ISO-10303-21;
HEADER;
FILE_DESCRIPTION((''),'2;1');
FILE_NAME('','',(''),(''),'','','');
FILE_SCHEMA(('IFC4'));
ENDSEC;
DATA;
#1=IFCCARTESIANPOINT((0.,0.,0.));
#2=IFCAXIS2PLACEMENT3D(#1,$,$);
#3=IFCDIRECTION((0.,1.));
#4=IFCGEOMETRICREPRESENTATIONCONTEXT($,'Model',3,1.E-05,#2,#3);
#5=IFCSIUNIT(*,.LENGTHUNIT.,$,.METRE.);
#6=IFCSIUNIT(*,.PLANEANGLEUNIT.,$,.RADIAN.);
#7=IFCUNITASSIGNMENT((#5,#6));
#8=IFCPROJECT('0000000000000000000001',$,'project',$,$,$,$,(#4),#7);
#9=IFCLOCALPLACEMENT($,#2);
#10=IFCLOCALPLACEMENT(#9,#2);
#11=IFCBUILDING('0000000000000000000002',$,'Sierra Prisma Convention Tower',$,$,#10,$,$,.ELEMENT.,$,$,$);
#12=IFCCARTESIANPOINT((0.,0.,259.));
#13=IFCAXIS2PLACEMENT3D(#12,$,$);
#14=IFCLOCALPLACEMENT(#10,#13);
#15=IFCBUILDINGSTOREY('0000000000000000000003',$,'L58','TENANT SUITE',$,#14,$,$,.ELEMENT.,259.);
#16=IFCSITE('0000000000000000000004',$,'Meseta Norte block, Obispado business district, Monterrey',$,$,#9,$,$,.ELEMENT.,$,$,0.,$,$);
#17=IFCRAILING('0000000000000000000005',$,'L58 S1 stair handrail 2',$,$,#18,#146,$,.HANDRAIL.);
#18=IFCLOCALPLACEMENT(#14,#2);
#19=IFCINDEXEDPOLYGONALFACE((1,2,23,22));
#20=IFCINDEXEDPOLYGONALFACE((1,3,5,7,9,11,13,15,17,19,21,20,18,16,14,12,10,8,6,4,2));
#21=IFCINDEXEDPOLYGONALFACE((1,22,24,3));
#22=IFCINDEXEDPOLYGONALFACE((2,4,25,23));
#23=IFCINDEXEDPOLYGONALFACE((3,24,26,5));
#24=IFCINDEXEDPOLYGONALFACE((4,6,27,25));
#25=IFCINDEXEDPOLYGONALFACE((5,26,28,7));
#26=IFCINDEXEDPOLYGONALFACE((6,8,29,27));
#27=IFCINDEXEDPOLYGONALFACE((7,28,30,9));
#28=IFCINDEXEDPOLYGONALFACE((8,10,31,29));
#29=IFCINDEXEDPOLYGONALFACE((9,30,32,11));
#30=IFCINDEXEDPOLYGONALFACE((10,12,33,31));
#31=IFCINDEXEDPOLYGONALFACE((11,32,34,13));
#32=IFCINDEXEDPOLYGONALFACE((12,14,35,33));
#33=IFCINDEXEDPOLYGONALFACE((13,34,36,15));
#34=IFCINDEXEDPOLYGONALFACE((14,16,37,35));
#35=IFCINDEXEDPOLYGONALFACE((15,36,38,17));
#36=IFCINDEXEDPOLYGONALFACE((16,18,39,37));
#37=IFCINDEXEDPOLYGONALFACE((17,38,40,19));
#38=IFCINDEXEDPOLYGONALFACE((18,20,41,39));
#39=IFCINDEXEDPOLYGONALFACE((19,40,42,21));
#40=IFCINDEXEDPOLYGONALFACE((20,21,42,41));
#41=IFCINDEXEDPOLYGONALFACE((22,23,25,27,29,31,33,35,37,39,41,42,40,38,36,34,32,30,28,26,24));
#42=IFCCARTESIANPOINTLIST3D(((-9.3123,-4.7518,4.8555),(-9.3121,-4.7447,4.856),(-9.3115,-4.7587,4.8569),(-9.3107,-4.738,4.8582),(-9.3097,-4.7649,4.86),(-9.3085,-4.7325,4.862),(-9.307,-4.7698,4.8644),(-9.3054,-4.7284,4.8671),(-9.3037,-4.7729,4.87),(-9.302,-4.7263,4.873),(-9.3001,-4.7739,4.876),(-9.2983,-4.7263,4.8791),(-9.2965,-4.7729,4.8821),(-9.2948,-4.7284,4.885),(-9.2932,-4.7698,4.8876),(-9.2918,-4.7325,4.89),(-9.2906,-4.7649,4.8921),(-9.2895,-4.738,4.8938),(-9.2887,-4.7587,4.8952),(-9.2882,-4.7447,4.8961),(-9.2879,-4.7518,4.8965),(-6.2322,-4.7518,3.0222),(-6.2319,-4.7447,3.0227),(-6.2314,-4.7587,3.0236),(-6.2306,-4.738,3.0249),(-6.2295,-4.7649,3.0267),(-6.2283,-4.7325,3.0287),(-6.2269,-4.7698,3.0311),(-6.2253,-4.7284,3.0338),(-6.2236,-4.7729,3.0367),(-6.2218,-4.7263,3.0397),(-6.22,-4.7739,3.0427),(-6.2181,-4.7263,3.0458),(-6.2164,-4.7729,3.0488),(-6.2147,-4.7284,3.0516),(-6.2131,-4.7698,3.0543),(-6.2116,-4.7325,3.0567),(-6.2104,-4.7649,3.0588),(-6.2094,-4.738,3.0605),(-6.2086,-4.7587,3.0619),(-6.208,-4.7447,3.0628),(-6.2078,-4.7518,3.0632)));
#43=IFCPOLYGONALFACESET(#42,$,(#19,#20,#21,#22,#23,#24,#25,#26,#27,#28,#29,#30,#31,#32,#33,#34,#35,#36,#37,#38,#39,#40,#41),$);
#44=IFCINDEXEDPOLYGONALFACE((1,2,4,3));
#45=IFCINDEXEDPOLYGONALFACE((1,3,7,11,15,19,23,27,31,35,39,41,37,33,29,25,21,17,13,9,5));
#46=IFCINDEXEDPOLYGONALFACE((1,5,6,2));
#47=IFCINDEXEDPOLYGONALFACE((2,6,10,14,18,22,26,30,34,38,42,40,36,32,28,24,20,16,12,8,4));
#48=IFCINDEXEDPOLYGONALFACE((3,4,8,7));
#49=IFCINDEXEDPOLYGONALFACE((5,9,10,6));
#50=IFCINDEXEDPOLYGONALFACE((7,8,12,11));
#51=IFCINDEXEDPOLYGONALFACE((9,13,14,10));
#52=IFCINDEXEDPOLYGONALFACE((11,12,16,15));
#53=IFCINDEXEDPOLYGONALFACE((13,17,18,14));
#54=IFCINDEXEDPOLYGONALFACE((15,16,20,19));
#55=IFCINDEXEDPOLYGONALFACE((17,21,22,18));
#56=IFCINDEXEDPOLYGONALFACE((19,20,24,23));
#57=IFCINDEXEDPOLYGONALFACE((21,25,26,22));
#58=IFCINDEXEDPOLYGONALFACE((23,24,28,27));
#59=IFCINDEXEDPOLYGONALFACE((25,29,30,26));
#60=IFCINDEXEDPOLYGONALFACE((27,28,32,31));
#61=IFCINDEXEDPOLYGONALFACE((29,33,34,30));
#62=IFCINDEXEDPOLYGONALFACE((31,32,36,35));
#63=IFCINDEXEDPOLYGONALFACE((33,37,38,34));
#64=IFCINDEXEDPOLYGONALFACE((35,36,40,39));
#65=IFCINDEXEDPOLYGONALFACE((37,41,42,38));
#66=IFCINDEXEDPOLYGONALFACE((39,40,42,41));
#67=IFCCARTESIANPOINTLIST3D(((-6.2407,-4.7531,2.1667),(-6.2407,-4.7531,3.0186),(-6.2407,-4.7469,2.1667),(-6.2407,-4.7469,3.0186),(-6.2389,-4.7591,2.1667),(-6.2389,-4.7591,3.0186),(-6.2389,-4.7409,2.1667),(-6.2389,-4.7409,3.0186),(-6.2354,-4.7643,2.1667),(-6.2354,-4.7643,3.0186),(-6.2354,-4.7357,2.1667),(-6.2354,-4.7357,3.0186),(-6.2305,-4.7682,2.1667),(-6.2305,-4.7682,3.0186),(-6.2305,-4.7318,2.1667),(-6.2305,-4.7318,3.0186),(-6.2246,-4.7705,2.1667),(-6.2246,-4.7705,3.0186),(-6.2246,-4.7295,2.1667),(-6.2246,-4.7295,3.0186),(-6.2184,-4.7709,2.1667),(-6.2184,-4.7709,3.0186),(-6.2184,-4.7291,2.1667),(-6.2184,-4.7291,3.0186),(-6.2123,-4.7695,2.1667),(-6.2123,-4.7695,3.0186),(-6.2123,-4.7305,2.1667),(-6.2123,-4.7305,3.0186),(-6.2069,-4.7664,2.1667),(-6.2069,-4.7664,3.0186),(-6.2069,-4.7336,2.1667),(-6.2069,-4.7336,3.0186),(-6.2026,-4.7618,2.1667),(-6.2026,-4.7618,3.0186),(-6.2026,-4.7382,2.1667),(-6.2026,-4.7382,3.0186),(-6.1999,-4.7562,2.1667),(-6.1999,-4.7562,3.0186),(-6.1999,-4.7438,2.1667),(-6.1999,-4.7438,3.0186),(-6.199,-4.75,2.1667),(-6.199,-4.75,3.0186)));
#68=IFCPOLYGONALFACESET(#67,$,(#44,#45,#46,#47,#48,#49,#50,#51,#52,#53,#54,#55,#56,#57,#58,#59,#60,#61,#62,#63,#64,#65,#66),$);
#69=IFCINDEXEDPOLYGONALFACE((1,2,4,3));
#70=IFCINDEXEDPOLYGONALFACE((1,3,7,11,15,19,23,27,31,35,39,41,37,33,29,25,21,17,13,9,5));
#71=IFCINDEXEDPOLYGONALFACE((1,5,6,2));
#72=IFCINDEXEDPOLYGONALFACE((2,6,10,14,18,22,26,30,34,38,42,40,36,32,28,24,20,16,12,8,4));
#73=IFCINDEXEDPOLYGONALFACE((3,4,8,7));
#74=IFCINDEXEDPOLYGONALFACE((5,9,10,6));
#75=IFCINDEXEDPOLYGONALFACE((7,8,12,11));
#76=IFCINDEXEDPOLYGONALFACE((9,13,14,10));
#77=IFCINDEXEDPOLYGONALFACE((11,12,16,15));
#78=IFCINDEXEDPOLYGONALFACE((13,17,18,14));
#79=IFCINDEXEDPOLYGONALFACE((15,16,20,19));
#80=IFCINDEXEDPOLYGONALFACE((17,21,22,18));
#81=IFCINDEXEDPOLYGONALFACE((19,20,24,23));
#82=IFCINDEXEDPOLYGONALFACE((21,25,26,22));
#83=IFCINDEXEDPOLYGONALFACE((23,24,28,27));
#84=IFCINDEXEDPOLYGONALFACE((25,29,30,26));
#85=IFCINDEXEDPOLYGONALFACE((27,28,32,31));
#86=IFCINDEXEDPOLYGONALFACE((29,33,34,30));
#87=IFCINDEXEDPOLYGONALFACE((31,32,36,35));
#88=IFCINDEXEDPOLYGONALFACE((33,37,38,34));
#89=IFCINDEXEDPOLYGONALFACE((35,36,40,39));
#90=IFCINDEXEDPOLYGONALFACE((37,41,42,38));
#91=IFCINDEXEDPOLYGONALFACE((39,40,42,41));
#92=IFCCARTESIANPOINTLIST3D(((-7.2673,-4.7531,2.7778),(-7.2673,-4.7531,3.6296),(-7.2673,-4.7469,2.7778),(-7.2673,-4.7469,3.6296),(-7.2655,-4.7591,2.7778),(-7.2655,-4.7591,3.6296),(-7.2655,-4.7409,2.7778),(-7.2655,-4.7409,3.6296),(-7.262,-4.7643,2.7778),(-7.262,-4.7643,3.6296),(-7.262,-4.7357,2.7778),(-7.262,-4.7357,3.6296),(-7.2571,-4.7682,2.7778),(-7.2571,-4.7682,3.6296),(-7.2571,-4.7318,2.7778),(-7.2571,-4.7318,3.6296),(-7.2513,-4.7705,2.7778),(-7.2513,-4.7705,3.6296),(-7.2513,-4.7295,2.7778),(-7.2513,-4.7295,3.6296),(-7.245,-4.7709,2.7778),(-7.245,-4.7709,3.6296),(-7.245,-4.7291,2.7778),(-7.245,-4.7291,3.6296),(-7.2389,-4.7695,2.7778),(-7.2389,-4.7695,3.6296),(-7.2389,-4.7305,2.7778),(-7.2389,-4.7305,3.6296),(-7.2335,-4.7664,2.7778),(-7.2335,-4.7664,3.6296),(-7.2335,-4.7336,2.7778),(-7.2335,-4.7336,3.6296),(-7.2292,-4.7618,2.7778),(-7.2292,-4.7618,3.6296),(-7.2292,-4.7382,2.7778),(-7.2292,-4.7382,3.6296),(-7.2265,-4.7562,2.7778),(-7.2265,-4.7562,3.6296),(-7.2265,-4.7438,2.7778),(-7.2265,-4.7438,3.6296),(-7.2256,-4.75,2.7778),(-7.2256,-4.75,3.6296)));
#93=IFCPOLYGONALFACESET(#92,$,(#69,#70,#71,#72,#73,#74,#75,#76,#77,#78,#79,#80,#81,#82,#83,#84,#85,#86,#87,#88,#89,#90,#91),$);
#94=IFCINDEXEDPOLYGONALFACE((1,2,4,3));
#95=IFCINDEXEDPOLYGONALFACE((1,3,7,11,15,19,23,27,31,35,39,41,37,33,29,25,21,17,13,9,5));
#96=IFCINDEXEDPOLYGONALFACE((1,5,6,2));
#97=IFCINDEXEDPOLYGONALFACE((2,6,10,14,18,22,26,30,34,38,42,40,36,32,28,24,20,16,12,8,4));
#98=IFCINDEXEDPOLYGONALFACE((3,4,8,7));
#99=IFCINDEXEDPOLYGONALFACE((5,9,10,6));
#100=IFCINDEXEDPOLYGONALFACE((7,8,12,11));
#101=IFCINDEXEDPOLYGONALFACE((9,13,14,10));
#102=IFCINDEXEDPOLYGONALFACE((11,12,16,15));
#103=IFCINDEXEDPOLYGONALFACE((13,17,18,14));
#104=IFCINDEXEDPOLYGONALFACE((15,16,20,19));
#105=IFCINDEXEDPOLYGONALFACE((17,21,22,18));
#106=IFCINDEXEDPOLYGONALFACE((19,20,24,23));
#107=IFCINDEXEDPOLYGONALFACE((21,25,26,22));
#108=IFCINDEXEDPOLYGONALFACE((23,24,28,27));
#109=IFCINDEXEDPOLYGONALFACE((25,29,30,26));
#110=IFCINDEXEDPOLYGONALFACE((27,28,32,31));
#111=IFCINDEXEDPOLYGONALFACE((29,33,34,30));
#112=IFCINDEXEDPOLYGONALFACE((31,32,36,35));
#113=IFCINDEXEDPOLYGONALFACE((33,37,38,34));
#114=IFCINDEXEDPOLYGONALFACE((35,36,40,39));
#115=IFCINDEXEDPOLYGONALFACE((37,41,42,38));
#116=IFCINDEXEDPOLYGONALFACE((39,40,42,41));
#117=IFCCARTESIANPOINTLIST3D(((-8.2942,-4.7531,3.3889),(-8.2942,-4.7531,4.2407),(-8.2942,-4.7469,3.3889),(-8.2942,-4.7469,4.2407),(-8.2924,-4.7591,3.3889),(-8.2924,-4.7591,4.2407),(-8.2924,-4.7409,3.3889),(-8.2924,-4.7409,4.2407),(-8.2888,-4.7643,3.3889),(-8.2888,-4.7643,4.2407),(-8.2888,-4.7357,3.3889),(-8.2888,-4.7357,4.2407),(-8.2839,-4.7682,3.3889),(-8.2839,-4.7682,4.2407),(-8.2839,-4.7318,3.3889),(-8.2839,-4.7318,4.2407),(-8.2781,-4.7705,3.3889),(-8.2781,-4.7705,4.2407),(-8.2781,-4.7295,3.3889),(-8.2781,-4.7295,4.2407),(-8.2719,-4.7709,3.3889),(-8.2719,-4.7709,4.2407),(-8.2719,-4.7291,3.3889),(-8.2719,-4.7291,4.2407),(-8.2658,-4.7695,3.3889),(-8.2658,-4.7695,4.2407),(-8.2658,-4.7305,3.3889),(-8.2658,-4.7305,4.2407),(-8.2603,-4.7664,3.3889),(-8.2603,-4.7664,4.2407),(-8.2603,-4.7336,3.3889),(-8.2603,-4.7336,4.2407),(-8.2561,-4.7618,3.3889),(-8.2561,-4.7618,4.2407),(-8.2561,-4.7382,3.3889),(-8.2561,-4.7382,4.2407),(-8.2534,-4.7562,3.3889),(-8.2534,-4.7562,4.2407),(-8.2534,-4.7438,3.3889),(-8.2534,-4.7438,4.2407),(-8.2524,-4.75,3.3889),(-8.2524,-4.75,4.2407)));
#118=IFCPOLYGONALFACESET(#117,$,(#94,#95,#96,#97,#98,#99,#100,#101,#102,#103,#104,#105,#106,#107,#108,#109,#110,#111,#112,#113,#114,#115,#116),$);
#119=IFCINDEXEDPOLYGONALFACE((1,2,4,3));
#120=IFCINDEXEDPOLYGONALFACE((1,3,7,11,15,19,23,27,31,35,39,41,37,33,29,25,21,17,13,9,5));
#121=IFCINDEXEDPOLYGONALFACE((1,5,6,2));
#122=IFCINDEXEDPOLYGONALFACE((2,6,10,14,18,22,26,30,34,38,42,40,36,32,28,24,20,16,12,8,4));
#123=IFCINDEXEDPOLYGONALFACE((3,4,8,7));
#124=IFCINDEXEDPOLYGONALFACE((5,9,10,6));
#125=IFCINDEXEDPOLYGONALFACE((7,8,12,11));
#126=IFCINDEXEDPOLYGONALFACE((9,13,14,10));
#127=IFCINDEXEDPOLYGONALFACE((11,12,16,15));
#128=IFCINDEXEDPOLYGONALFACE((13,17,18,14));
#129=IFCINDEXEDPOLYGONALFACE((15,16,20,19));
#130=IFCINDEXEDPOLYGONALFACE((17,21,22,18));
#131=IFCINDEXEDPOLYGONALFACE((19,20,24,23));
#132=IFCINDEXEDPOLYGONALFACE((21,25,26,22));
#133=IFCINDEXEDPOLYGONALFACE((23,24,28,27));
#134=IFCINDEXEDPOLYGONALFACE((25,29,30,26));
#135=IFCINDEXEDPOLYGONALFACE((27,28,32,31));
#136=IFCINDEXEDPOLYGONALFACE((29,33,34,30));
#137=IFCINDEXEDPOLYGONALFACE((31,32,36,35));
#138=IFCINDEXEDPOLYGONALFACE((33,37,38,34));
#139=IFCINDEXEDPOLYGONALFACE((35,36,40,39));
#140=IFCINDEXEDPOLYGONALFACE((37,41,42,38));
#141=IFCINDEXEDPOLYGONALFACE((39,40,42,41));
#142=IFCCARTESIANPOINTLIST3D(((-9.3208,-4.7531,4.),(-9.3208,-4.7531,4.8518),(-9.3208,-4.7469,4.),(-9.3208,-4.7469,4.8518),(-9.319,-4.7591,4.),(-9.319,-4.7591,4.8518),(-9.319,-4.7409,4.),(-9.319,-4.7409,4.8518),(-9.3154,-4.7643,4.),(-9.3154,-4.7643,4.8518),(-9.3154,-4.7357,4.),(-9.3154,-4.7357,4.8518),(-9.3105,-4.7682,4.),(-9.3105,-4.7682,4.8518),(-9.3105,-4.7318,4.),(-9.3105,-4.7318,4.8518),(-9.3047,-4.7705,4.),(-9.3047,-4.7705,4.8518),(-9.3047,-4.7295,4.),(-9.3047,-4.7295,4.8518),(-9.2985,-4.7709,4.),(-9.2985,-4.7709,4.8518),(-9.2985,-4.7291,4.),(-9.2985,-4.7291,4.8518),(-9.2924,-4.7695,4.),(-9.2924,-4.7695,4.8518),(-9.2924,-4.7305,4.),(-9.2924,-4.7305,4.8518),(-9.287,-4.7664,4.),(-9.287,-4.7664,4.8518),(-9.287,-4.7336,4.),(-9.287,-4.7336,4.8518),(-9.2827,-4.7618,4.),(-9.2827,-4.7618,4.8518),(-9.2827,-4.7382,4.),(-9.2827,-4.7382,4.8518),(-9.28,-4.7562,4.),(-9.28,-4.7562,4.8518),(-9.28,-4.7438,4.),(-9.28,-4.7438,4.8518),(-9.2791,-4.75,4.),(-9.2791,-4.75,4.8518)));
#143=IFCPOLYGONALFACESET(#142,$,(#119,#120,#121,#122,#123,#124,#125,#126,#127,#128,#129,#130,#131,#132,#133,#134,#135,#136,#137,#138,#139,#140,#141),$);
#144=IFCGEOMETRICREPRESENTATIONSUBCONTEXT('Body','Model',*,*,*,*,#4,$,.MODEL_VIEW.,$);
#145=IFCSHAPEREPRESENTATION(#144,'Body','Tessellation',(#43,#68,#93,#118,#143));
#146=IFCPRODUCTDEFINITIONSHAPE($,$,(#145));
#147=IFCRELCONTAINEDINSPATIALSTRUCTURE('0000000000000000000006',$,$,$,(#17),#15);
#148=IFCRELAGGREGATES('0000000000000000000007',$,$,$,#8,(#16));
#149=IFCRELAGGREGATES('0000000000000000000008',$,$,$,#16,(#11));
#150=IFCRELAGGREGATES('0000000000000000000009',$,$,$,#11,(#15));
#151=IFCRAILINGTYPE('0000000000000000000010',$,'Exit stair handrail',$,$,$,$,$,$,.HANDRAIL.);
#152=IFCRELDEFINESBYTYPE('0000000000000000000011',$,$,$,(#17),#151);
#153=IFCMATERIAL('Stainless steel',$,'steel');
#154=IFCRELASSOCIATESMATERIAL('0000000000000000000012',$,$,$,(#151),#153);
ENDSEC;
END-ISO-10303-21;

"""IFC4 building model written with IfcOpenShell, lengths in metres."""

from ifc_helpers import new_model, si_unit, direction, frame, origin, origin_2d, place, context, subcontext, project, spatial, circle, extrude, material, type_object, element, save


model = new_model("IFC4")

# Units and contexts
model_context = context("Model", 3, precision=1e-05, world=origin(), true_north=direction((0.0, 1.0)))
body_context = subcontext(model_context, "Body", "Model", "MODEL_VIEW")
ifc_project = project(units=[si_unit("LENGTHUNIT", "METRE"), si_unit("PLANEANGLEUNIT", "RADIAN")], contexts=[model_context])

# Site, building, storey
site_placement = place(None, origin())
site = spatial("IfcSite", under=ifc_project, at=site_placement, Name="Meseta Norte block, Obispado business district, Monterrey", CompositionType="ELEMENT", RefElevation=0.0)
building_placement = place(site_placement, origin())
building = spatial("IfcBuilding", under=site, at=building_placement, Name="Sierra Prisma Convention Tower", CompositionType="ELEMENT")
storey_placement = place(building_placement, frame((0.0, 0.0, 259.0)))
storey = spatial("IfcBuildingStorey", under=building, at=storey_placement, Name="L58", Description="TENANT SUITE", CompositionType="ELEMENT", Elevation=259.0)

# Railing
ifc_material_1 = material(Name="Stainless steel", Category="steel")
railing_type_1 = type_object("IfcRailingType", Name="Exit stair handrail", PredefinedType="HANDRAIL", material=ifc_material_1)
railing_1_placement = place(storey_placement, frame((-6.22, -4.75, 2.1667)))
element("IfcRailing", 1, at=railing_1_placement, inside=storey, type_object=railing_type_1, Name="L58 S1 stair handrail 2", PredefinedType="HANDRAIL", context=body_context, shape_type="SweptSolid", body=[
    extrude(circle(Radius=0.0239, at=origin_2d()), frame((0.0, 0.0, 0.876), z_axis=(-0.859309, 0.0, 0.511458), x_axis=(0.0, -1.0, 0.0)), (0.0, 0.0, 1.0), 3.5845),
    extrude(circle(Radius=0.021, at=origin_2d()), origin(), (0.0, 0.0, 1.0), 0.8518),
    extrude(circle(Radius=0.021, at=origin_2d()), frame((-1.0266, 0.0, 0.6111)), (0.0, 0.0, 1.0), 0.8518),
    extrude(circle(Radius=0.021, at=origin_2d()), frame((-2.0535, 0.0, 1.2222)), (0.0, 0.0, 1.0), 0.8518),
    extrude(circle(Radius=0.021, at=origin_2d()), frame((-3.0801, 0.0, 1.8333)), (0.0, 0.0, 1.0), 0.8518),
])

save(model, "model.ifc")
